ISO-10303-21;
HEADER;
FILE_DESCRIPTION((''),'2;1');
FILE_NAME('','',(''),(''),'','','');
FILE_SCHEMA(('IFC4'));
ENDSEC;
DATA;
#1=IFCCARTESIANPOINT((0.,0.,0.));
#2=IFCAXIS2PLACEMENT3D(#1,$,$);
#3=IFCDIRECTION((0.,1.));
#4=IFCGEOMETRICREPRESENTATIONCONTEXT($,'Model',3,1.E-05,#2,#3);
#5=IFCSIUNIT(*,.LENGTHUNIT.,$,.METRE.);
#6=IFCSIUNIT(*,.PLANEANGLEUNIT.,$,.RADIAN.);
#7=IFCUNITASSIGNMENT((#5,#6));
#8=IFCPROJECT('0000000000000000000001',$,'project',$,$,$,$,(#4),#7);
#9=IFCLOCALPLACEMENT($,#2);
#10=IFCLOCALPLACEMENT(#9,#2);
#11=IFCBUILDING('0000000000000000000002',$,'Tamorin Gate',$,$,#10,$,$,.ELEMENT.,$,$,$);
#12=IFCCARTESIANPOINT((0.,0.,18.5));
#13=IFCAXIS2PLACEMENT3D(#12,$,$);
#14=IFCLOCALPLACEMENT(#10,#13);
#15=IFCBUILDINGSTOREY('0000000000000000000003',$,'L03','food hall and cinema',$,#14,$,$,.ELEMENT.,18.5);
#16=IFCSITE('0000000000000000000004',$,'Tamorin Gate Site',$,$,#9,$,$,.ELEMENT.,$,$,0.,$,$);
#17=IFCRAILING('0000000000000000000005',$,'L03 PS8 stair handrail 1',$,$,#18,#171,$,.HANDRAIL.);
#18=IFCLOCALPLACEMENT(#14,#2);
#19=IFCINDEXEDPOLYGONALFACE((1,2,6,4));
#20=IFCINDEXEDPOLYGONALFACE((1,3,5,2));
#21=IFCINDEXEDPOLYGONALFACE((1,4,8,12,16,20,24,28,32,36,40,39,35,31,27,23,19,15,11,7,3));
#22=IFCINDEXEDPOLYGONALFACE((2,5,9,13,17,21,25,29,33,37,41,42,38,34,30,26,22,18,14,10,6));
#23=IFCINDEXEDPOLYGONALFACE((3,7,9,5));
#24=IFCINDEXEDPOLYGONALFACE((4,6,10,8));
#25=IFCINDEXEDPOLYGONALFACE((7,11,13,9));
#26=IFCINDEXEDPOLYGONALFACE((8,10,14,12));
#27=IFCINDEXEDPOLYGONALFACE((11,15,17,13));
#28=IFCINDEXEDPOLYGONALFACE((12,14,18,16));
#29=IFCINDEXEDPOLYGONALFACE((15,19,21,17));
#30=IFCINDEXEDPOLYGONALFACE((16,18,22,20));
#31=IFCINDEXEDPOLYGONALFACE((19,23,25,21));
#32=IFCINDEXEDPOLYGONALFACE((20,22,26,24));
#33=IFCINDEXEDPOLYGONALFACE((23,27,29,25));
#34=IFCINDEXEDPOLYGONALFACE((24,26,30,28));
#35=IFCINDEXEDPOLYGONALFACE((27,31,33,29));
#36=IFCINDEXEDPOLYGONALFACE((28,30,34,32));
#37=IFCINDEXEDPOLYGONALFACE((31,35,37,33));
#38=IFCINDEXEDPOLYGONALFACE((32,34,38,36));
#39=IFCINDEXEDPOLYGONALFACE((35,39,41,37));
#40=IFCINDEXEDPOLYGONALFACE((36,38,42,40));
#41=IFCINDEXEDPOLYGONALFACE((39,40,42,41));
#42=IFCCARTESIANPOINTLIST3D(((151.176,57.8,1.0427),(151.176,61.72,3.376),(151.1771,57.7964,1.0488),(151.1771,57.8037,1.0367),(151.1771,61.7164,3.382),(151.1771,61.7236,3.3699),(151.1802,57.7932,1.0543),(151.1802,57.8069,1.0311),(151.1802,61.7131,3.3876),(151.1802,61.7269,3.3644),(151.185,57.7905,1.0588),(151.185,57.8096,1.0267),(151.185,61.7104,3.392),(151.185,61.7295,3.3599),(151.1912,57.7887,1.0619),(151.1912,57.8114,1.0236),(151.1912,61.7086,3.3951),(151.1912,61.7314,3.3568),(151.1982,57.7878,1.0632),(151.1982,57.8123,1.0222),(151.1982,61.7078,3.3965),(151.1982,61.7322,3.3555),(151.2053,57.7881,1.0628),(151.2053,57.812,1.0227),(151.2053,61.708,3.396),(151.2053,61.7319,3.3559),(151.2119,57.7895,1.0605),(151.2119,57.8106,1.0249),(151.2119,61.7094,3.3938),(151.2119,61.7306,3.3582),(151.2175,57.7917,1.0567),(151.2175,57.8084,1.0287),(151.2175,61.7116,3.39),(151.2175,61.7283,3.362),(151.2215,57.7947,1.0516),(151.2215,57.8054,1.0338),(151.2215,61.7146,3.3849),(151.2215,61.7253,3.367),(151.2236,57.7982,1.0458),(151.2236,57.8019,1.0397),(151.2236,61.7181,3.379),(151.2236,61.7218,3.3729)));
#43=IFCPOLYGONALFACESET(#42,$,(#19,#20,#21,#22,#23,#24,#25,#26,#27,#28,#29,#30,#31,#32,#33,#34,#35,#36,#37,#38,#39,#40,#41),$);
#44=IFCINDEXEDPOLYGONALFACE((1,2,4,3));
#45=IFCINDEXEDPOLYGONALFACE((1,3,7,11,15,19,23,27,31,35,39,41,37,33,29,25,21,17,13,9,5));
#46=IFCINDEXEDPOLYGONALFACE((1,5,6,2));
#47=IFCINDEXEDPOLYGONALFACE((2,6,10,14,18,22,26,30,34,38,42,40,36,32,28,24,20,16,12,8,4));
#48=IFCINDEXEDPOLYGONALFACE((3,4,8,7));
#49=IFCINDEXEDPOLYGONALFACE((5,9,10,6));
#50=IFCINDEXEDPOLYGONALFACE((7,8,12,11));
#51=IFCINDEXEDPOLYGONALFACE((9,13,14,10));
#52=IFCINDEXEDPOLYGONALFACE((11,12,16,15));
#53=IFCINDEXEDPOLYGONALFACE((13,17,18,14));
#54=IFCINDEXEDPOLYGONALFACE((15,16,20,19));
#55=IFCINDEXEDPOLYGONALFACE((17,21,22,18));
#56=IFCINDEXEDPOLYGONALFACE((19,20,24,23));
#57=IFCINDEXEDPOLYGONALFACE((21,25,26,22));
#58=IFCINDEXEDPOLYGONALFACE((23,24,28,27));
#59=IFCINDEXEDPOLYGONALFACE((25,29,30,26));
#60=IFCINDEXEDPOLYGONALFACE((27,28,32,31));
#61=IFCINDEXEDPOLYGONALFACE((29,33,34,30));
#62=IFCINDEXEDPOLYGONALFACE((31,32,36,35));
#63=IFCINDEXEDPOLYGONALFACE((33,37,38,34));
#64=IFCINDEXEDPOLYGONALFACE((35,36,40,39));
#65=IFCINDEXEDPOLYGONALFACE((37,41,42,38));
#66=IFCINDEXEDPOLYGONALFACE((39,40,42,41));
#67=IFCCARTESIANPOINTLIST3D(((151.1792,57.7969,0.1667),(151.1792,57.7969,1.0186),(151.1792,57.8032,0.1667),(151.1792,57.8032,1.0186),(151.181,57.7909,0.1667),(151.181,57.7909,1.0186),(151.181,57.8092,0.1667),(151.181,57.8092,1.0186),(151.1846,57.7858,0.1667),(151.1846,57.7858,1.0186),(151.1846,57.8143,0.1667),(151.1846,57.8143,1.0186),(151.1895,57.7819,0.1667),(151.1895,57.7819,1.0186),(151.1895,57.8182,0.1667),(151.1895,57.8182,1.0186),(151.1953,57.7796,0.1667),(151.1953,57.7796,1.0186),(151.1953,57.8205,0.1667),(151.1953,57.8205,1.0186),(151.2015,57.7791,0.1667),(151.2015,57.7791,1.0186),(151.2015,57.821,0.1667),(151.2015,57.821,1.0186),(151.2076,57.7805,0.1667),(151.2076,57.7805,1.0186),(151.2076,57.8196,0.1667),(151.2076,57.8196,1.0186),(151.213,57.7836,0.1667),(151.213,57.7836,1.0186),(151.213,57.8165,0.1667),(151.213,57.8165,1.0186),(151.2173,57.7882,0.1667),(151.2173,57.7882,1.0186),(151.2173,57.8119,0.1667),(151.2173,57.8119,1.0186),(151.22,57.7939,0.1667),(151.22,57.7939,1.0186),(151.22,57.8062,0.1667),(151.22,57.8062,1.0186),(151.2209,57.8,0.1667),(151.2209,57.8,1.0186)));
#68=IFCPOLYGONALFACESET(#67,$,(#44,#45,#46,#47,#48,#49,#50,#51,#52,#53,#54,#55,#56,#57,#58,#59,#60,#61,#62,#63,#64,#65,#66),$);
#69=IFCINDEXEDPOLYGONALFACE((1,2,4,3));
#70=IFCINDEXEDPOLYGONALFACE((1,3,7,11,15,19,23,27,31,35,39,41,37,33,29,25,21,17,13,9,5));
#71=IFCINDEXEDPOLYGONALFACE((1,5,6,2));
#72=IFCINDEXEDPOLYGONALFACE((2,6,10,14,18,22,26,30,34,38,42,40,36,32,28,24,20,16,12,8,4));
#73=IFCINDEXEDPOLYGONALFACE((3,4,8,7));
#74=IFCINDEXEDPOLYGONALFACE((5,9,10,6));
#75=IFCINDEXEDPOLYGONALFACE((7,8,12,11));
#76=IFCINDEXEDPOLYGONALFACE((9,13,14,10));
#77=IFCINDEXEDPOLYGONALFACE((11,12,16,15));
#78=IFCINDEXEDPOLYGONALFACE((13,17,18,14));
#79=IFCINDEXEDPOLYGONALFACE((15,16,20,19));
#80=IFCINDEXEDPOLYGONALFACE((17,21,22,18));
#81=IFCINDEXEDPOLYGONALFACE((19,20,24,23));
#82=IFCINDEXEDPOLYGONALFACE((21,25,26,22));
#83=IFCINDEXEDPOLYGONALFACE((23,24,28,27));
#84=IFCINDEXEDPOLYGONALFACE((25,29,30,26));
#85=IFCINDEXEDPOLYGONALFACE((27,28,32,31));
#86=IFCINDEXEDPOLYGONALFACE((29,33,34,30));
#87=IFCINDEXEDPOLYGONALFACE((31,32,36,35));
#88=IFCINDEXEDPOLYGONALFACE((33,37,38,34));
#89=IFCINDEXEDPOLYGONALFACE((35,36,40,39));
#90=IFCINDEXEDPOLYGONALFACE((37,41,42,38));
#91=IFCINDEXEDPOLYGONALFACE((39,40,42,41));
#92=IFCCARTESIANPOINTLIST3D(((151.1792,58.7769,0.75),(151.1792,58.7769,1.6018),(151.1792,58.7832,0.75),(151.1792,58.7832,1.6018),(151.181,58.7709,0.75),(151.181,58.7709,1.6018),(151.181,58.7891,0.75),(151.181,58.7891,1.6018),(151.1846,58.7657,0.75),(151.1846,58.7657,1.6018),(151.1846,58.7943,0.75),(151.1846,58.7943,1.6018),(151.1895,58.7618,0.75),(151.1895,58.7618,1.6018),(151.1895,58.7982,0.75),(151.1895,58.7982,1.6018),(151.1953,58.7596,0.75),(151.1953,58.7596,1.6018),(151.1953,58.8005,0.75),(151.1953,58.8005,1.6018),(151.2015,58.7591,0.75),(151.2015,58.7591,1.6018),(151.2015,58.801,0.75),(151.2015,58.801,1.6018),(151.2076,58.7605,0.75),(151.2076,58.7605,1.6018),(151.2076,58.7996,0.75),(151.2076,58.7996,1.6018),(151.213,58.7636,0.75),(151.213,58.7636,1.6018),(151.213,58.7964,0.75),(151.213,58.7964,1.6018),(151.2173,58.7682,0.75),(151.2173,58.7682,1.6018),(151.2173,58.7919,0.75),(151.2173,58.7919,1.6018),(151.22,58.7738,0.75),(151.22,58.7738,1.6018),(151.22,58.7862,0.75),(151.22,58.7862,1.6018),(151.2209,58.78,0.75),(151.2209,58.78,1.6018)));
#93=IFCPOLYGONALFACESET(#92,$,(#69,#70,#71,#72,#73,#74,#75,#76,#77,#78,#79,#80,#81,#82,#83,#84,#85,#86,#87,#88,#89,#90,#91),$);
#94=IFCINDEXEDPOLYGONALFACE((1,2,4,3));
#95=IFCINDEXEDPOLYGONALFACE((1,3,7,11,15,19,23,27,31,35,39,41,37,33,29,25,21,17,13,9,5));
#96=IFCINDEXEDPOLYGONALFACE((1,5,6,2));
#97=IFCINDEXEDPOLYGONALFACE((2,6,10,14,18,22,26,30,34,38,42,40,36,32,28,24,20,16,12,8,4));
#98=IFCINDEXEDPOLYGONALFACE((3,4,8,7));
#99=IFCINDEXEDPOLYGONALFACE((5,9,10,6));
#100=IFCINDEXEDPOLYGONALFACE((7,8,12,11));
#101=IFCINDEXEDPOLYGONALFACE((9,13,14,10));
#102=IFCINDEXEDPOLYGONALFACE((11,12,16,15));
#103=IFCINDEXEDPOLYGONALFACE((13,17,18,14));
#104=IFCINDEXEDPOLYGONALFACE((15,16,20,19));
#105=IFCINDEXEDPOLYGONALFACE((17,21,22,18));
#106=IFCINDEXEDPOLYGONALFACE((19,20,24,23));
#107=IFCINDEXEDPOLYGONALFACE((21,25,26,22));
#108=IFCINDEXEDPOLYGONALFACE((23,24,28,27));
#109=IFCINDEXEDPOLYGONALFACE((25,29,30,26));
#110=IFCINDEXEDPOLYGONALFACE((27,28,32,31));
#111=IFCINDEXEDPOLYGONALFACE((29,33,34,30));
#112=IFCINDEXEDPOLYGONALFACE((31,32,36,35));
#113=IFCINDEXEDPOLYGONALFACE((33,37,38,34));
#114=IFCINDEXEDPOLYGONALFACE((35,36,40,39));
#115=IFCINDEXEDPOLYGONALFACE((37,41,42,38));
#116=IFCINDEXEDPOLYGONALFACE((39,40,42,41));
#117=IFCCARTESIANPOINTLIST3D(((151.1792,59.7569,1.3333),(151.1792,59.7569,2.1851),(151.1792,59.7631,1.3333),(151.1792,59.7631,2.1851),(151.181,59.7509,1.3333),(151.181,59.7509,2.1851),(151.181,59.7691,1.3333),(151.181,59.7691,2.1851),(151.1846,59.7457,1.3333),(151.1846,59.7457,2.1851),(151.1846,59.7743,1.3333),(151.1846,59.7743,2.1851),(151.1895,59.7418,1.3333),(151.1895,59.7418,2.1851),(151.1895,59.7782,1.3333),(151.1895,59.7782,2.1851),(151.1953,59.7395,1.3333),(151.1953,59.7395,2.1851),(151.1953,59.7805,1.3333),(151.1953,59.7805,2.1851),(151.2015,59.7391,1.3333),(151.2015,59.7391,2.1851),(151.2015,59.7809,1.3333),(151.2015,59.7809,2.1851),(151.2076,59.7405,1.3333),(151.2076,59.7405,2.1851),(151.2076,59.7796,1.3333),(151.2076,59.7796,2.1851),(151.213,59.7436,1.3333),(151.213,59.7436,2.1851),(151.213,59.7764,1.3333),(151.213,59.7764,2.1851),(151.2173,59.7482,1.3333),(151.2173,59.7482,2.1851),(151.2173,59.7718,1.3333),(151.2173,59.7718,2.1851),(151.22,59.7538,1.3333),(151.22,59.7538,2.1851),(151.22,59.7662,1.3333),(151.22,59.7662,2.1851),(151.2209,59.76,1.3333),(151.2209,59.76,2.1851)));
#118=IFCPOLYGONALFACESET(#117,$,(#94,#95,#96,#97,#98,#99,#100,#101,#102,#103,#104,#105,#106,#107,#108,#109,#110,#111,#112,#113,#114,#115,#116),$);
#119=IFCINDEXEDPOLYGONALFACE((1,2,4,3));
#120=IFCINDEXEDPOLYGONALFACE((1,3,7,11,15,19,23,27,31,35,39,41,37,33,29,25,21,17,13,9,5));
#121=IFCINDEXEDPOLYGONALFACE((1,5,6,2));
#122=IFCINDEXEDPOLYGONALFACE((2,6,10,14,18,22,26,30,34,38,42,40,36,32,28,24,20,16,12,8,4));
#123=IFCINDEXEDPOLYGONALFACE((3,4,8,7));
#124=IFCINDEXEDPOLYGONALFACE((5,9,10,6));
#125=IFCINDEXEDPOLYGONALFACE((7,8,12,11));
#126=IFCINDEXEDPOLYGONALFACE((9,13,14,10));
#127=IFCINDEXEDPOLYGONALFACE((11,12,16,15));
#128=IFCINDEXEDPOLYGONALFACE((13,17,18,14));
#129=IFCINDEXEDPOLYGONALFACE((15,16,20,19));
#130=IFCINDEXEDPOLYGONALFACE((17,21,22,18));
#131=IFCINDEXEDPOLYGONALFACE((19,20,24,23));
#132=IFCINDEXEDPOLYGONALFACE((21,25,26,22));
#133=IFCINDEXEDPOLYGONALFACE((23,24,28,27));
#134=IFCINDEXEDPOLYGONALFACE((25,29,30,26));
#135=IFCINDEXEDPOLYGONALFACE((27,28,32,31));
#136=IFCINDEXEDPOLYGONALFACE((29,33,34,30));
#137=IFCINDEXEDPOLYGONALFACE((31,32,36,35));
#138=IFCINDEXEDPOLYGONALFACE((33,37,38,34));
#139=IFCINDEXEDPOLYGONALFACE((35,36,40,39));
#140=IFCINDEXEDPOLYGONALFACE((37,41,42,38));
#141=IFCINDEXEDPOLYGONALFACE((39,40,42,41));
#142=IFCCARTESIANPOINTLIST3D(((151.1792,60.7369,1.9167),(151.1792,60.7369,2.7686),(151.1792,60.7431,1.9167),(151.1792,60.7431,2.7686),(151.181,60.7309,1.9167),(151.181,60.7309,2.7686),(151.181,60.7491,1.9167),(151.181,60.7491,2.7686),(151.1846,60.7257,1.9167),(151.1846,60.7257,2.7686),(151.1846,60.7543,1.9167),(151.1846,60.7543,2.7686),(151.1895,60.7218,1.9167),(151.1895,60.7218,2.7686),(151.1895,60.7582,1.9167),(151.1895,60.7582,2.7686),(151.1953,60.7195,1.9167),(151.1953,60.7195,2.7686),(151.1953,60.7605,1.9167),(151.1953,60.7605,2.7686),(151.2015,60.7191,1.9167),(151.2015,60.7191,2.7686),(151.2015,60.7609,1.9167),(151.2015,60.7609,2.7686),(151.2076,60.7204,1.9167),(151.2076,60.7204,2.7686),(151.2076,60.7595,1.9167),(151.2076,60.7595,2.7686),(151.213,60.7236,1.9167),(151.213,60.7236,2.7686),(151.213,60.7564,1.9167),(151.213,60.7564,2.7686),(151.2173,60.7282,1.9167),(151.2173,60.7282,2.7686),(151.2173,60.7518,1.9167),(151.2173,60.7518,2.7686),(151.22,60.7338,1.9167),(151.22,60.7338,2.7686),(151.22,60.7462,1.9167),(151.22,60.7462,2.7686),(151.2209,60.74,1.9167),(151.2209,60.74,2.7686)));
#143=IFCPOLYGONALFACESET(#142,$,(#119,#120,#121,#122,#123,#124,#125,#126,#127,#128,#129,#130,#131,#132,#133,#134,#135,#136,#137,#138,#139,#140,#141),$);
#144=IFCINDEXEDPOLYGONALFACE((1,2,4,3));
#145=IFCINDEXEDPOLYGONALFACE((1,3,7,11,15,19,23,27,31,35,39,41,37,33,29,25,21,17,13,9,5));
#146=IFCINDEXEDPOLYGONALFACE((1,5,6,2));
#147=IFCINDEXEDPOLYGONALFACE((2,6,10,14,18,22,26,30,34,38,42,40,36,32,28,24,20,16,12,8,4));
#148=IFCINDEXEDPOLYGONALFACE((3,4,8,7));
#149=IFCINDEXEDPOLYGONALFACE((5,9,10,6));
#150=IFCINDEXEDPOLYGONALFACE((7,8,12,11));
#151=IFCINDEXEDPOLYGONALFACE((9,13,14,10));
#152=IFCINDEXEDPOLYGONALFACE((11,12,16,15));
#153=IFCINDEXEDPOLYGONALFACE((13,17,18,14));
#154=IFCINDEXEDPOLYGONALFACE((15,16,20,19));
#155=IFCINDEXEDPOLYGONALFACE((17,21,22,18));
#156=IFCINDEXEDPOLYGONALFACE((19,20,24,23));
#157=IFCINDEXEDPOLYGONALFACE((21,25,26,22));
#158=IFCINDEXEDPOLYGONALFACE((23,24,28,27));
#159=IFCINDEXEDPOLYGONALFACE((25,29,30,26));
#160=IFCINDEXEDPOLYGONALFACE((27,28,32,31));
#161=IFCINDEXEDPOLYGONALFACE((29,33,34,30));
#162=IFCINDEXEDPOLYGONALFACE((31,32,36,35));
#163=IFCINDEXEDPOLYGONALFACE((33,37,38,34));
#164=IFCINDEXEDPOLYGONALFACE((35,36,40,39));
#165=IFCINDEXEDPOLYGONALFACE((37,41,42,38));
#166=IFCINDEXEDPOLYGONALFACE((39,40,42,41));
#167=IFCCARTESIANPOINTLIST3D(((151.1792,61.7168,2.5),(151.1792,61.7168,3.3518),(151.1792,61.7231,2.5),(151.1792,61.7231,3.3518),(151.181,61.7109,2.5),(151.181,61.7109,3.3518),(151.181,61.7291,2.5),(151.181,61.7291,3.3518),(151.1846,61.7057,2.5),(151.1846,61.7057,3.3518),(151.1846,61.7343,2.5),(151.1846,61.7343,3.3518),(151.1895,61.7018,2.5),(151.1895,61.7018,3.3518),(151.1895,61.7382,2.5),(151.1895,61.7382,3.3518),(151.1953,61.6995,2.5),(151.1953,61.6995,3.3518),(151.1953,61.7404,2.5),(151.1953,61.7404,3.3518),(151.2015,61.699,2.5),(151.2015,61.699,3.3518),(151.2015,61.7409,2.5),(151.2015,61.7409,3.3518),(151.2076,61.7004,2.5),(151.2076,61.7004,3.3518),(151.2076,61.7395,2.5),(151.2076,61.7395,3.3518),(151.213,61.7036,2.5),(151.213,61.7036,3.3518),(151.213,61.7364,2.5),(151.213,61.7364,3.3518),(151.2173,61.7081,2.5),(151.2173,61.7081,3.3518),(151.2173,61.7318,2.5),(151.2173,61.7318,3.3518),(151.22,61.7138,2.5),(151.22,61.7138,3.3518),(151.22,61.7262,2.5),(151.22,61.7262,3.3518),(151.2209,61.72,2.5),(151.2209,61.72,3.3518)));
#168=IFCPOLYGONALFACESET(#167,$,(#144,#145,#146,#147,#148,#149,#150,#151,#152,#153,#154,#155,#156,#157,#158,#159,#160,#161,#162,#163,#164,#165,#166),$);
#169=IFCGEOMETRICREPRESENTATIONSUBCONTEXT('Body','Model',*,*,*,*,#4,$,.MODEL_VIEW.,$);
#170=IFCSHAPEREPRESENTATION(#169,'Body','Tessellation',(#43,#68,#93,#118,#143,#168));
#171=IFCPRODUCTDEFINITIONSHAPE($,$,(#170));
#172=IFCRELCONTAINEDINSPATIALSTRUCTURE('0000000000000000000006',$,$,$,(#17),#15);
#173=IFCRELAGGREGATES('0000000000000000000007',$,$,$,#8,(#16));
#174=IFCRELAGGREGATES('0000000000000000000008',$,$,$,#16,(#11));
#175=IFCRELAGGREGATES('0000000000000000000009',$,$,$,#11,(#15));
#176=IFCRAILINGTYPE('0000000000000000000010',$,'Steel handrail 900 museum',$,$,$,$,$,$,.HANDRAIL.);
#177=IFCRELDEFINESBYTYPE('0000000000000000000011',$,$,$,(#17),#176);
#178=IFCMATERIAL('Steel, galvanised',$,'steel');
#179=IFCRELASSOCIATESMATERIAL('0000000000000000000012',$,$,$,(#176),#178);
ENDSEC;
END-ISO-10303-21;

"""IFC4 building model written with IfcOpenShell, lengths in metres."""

from ifc_helpers import new_model, si_unit, direction, frame, origin, origin_2d, place, context, subcontext, project, spatial, circle, extrude, material, type_object, element, save


model = new_model("IFC4")

# Units and contexts
model_context = context("Model", 3, precision=1e-05, world=origin(), true_north=direction((0.0, 1.0)))
body_context = subcontext(model_context, "Body", "Model", "MODEL_VIEW")
ifc_project = project(units=[si_unit("LENGTHUNIT", "METRE"), si_unit("PLANEANGLEUNIT", "RADIAN")], contexts=[model_context])

# Site, building, storey
site_placement = place(None, origin())
site = spatial("IfcSite", under=ifc_project, at=site_placement, Name="Tamorin Gate Site", CompositionType="ELEMENT", RefElevation=0.0)
building_placement = place(site_placement, origin())
building = spatial("IfcBuilding", under=site, at=building_placement, Name="Tamorin Gate", CompositionType="ELEMENT")
storey_placement = place(building_placement, frame((0.0, 0.0, 18.5)))
storey = spatial("IfcBuildingStorey", under=building, at=storey_placement, Name="L03", Description="food hall and cinema", CompositionType="ELEMENT", Elevation=18.5)

# Railing
ifc_material_1 = material(Name="Steel, galvanised", Category="steel")
railing_type_1 = type_object("IfcRailingType", Name="Steel handrail 900 museum", PredefinedType="HANDRAIL", material=ifc_material_1)
railing_1_placement = place(storey_placement, frame((151.2, 57.8, 0.1667)))
element("IfcRailing", 1, at=railing_1_placement, inside=storey, type_object=railing_type_1, Name="L03 PS8 stair handrail 1", PredefinedType="HANDRAIL", context=body_context, shape_type="SweptSolid", body=[
    extrude(circle(Radius=0.0239, at=origin_2d()), frame((0.0, 0.0, 0.876), z_axis=(0.0, 0.859296, 0.511478), x_axis=(-1.0, 0.0, 0.0)), (0.0, 0.0, 1.0), 4.5618),
    extrude(circle(Radius=0.021, at=origin_2d()), origin(), (0.0, 0.0, 1.0), 0.8518),
    extrude(circle(Radius=0.021, at=origin_2d()), frame((0.0, 0.98, 0.5833)), (0.0, 0.0, 1.0), 0.8518),
    extrude(circle(Radius=0.021, at=origin_2d()), frame((0.0, 1.96, 1.1665)), (0.0, 0.0, 1.0), 0.8518),
    extrude(circle(Radius=0.021, at=origin_2d()), frame((0.0, 2.9399, 1.75)), (0.0, 0.0, 1.0), 0.8518),
    extrude(circle(Radius=0.021, at=origin_2d()), frame((0.0, 3.9199, 2.3333)), (0.0, 0.0, 1.0), 0.8518),
])

save(model, "model.ifc")
